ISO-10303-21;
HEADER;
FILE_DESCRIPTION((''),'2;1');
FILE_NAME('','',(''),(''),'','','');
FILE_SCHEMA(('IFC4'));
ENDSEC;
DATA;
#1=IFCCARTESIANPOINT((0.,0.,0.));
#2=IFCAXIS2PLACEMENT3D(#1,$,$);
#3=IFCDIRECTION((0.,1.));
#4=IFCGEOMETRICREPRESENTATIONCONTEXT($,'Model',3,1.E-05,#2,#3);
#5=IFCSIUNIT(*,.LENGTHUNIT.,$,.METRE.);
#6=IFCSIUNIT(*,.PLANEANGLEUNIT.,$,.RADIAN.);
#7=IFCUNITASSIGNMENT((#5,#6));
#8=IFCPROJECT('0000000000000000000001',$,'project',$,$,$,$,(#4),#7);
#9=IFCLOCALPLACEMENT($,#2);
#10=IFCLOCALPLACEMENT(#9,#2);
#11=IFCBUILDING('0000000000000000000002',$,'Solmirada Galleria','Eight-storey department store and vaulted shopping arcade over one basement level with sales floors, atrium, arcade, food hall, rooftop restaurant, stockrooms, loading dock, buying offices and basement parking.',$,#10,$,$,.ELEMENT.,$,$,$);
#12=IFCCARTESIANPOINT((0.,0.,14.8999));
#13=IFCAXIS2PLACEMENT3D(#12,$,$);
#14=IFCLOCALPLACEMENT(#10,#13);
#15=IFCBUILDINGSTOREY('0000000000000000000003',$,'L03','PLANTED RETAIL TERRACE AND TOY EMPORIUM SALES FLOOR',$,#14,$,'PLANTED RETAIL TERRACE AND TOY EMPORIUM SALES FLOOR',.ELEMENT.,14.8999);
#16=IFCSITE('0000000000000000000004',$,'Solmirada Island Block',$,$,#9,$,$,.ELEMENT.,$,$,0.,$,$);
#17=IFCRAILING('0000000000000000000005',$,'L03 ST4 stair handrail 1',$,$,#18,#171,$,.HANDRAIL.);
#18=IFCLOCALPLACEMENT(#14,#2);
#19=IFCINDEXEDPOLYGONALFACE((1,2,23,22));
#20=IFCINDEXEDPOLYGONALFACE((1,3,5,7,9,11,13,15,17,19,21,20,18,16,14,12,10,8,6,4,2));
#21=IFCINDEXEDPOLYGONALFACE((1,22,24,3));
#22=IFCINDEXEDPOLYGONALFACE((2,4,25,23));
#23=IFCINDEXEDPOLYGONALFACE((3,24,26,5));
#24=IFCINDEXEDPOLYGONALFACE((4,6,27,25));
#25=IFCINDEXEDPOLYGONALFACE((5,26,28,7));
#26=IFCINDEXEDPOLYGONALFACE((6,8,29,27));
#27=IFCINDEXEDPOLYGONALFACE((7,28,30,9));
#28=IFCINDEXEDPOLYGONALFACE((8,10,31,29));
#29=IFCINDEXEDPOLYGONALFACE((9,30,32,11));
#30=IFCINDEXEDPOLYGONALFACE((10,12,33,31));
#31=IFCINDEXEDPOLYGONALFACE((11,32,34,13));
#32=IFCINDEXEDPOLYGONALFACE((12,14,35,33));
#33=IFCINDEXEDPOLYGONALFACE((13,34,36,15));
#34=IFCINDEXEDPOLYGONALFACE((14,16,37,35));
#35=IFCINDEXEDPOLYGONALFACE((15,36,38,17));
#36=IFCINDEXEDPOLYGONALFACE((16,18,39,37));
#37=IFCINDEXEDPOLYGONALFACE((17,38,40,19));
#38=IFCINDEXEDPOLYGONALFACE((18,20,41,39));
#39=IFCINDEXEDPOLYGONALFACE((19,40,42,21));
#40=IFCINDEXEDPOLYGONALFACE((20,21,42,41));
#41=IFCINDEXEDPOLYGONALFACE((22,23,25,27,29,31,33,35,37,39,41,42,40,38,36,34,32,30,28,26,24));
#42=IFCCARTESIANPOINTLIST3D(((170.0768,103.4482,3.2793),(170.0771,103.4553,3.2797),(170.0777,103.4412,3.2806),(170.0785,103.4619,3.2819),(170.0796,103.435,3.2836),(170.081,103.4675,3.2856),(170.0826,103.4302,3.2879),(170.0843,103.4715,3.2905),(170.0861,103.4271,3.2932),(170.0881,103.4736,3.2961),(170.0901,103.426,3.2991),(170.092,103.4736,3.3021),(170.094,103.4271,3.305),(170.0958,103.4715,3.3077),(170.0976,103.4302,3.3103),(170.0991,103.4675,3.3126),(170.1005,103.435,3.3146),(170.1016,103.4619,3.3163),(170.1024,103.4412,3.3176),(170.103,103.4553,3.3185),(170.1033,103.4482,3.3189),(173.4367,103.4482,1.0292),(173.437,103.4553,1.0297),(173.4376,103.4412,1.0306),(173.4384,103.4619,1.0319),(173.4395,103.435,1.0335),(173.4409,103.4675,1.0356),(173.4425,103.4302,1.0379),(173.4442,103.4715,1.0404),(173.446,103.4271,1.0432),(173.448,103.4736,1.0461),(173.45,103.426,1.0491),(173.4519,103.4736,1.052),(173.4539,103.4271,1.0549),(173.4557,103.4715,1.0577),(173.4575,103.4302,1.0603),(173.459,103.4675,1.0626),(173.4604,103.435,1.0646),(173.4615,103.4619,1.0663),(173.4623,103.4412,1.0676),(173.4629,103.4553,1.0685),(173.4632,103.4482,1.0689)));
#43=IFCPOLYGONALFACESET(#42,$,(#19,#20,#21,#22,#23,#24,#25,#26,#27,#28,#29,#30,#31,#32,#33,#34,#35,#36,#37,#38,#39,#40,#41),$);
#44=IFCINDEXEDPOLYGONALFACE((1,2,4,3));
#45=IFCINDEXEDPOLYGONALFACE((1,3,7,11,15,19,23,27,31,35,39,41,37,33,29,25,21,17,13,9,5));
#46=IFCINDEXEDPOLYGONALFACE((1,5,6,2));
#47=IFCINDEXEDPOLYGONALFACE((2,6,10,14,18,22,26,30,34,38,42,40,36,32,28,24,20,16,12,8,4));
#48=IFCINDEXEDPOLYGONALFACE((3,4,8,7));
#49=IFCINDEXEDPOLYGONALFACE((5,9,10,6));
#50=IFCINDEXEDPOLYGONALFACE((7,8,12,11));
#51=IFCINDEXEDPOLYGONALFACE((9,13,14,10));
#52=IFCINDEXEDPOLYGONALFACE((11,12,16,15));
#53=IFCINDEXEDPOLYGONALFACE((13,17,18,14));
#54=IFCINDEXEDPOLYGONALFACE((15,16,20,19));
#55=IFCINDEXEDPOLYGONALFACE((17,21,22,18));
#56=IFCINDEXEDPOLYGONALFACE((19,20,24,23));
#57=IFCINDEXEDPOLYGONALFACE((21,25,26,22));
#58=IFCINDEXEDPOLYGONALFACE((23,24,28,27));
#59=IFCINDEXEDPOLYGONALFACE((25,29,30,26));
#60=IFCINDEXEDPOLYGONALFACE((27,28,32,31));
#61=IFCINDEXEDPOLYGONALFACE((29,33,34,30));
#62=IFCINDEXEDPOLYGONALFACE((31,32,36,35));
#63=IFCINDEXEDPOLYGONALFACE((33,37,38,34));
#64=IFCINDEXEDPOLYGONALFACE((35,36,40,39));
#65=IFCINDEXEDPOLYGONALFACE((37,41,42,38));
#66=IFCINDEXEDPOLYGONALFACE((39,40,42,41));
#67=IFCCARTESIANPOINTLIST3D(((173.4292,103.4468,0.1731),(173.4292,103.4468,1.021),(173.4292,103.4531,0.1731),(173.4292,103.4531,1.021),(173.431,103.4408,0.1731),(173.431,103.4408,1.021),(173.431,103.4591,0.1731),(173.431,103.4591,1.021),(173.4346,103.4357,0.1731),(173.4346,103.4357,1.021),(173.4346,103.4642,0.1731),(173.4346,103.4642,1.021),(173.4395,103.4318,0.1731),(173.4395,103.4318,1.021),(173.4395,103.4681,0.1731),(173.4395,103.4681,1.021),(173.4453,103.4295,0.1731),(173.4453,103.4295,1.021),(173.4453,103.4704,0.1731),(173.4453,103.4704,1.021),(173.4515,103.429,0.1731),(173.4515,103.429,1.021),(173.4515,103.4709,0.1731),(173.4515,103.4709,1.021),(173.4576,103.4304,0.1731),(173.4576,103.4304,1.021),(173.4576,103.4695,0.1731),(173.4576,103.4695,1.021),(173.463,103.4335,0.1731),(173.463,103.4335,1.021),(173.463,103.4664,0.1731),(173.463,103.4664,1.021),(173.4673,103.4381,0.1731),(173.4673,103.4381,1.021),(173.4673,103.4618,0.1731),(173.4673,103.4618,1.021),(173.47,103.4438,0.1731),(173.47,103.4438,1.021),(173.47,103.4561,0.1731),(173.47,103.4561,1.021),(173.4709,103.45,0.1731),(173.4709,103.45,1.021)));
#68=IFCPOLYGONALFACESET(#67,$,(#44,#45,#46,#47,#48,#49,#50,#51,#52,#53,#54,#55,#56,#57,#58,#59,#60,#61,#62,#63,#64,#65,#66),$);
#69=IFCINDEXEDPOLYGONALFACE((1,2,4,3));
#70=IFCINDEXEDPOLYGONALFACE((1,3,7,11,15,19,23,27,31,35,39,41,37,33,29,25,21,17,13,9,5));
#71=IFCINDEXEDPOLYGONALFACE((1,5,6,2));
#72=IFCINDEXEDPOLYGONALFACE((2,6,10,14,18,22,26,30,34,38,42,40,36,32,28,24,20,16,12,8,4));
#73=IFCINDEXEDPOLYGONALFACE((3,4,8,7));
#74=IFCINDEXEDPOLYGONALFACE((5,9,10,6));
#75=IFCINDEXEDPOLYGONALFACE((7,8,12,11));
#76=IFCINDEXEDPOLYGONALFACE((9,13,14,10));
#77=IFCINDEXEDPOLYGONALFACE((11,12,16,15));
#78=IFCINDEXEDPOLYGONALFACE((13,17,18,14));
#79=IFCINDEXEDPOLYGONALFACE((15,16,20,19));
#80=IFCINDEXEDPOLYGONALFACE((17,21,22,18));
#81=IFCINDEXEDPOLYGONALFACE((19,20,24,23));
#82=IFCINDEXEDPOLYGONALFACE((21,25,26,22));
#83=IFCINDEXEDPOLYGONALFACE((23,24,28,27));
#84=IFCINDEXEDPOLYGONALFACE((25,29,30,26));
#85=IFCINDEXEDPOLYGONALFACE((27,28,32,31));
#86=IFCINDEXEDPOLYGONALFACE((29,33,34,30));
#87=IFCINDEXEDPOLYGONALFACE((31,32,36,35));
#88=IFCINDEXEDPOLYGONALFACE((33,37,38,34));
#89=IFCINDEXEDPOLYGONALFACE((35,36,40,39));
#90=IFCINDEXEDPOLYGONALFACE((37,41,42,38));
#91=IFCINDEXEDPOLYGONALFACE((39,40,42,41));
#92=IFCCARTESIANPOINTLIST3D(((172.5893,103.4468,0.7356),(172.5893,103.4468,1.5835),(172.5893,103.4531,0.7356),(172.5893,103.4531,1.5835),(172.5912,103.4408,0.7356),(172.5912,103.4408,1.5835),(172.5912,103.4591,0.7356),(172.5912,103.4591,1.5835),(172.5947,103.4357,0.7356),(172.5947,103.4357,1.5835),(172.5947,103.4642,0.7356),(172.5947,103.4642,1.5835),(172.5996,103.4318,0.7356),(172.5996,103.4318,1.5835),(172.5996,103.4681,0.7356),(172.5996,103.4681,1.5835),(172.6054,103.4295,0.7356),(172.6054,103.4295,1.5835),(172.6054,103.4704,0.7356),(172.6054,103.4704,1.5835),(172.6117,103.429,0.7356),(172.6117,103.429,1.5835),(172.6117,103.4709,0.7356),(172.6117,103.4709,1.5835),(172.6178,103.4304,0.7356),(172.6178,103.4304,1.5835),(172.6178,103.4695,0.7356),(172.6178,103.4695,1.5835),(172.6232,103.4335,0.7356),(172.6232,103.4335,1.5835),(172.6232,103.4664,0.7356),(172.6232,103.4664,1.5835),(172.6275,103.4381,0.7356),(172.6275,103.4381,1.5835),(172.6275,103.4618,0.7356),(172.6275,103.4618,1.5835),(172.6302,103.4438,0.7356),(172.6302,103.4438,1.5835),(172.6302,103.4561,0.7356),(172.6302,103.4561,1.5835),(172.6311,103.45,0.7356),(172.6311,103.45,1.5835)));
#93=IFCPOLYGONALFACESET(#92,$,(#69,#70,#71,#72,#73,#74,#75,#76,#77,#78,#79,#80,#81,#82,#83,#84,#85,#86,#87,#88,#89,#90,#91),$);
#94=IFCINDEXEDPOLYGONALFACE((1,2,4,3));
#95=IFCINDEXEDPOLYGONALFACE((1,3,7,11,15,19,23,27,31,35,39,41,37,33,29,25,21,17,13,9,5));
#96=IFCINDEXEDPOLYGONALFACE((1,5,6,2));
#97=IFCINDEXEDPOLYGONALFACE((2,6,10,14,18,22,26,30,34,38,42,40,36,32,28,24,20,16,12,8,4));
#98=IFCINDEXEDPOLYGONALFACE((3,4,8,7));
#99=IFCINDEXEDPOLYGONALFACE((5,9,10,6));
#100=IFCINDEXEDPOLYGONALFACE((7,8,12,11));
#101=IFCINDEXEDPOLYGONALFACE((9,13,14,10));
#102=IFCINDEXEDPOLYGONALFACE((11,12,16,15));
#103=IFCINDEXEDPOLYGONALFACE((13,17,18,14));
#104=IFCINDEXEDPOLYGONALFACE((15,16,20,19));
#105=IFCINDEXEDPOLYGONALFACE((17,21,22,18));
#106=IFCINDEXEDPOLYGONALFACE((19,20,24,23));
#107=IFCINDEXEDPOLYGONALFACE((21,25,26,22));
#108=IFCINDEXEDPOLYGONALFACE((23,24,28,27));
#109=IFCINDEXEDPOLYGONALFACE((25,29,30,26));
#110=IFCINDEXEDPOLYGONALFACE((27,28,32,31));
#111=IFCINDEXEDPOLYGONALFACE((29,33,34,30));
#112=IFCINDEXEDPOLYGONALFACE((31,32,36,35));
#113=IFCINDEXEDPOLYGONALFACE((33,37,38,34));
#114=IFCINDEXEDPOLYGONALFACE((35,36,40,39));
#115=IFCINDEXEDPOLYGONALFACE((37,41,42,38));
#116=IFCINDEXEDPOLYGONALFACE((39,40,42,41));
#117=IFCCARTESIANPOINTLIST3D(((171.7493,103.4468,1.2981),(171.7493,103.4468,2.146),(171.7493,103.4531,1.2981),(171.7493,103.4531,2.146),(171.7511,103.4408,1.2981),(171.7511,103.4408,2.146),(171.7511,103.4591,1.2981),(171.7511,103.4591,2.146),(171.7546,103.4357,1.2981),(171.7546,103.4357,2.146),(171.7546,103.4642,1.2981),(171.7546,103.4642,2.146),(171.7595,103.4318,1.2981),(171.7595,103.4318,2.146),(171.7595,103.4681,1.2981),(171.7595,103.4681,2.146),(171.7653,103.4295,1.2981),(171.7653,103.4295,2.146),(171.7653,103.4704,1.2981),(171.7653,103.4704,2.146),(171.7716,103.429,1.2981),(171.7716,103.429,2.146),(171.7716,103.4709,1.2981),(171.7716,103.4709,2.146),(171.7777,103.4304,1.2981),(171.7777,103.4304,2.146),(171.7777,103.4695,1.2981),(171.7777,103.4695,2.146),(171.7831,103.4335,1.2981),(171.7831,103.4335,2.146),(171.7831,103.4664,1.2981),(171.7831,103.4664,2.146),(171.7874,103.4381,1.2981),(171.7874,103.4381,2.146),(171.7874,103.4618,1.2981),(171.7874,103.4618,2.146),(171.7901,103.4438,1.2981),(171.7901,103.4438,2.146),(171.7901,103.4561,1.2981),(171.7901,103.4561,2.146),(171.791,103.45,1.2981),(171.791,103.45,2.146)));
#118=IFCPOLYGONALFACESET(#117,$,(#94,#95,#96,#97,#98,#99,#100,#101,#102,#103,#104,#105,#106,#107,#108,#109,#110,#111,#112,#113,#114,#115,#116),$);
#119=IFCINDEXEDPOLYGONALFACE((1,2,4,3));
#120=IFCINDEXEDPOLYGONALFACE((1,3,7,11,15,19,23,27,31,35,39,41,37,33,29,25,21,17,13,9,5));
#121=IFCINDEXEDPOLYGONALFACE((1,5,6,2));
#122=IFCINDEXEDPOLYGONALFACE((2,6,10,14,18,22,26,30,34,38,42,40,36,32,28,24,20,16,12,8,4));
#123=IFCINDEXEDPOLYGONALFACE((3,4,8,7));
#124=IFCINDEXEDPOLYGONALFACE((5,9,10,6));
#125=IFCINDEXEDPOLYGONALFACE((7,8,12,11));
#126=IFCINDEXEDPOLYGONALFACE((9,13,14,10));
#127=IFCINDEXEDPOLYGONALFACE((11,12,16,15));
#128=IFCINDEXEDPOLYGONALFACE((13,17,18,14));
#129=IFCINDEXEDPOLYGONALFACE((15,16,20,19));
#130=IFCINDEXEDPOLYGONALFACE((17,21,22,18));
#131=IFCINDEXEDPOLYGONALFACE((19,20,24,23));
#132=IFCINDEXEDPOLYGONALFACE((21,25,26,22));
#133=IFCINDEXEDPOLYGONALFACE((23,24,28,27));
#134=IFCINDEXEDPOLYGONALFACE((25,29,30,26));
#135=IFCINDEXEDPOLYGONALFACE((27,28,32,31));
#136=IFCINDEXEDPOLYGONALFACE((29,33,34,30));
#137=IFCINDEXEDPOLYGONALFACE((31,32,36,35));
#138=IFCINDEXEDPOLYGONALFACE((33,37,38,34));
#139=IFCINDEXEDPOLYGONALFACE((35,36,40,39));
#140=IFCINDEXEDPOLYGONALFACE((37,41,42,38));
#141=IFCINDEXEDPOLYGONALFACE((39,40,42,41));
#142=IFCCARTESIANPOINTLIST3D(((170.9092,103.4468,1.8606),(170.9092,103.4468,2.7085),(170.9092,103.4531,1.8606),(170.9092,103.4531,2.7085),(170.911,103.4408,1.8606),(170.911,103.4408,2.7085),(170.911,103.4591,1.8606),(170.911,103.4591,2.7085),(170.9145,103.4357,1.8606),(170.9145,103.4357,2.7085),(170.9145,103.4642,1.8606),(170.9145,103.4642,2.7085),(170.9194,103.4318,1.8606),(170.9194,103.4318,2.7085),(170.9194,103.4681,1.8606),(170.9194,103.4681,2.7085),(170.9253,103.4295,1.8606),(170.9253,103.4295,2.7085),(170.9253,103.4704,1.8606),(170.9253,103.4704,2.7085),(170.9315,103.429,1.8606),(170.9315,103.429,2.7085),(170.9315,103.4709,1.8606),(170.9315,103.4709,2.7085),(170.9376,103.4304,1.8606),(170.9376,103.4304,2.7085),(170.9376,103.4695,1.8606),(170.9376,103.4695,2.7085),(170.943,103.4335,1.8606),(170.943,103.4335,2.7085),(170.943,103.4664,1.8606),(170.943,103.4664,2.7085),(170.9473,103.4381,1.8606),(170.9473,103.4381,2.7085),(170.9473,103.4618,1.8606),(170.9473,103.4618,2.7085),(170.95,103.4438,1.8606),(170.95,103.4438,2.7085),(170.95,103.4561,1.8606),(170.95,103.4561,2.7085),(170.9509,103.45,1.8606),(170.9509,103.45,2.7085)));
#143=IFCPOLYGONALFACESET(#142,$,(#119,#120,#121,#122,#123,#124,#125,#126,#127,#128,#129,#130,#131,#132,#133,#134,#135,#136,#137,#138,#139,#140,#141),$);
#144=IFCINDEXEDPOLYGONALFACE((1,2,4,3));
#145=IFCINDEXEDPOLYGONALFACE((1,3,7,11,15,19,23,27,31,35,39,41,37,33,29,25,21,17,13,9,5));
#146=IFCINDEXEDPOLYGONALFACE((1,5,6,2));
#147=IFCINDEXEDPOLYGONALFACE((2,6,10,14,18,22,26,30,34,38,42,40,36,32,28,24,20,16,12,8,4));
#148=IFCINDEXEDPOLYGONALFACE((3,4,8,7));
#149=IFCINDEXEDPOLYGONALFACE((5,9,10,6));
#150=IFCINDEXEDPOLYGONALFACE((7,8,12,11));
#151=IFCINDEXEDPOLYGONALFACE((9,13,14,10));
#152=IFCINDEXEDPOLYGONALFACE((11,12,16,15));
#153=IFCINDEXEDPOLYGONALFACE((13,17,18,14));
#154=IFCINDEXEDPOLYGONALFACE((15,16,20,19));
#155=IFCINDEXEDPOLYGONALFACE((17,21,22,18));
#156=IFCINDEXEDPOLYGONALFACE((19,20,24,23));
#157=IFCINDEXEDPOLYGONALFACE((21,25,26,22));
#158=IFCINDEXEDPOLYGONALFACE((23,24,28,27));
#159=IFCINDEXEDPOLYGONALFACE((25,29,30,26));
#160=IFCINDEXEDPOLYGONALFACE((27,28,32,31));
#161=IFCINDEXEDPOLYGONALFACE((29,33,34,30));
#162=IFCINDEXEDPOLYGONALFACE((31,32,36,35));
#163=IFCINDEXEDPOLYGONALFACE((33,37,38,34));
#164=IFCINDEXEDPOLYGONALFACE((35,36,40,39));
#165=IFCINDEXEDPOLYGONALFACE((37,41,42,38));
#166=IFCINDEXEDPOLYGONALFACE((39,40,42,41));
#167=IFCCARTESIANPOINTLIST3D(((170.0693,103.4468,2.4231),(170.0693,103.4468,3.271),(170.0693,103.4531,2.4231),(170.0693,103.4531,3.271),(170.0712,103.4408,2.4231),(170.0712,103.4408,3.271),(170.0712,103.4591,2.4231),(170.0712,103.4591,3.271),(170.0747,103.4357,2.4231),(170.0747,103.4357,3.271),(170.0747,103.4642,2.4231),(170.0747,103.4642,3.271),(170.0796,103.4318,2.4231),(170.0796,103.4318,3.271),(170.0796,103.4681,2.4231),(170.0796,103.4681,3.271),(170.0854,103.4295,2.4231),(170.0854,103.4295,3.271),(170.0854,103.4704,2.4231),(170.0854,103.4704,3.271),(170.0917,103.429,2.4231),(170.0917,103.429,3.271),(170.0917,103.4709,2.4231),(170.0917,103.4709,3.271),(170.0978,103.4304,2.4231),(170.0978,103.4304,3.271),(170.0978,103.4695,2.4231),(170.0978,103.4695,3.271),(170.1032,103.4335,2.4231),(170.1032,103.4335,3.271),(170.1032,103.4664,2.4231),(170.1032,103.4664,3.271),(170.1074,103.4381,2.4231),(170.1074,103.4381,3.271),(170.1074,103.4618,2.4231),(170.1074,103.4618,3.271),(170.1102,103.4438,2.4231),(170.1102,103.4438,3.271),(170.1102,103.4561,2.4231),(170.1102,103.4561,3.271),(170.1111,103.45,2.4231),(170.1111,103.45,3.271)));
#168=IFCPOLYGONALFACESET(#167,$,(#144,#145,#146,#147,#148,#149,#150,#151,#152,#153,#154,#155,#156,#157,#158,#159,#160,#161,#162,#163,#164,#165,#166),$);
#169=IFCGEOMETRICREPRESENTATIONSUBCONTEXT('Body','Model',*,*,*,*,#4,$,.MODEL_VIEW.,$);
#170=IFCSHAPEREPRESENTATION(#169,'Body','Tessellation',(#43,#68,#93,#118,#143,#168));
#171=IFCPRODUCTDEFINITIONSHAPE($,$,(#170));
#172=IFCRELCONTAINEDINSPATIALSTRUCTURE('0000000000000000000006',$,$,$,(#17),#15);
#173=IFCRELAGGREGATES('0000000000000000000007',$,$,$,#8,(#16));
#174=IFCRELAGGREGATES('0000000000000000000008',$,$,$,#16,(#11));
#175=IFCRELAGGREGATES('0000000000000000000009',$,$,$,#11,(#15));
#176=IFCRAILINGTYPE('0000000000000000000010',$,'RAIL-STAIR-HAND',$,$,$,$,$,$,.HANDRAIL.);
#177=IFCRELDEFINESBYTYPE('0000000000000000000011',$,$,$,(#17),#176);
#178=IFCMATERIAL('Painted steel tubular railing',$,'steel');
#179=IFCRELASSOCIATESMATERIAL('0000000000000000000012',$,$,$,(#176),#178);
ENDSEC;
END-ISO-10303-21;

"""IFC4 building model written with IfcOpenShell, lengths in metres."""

from ifc_helpers import new_model, si_unit, direction, frame, origin, origin_2d, place, context, subcontext, project, spatial, circle, extrude, material, type_object, element, save


model = new_model("IFC4")

# Units and contexts
model_context = context("Model", 3, precision=1e-05, world=origin(), true_north=direction((0.0, 1.0)))
body_context = subcontext(model_context, "Body", "Model", "MODEL_VIEW")
ifc_project = project(units=[si_unit("LENGTHUNIT", "METRE"), si_unit("PLANEANGLEUNIT", "RADIAN")], contexts=[model_context])

# Site, building, storey
site_placement = place(None, origin())
site = spatial("IfcSite", under=ifc_project, at=site_placement, Name="Solmirada Island Block", CompositionType="ELEMENT", RefElevation=0.0)
building_placement = place(site_placement, origin())
building = spatial("IfcBuilding", under=site, at=building_placement, Name="Solmirada Galleria", Description="Eight-storey department store and vaulted shopping arcade over one basement level with sales floors, atrium, arcade, food hall, rooftop restaurant, stockrooms, loading dock, buying offices and basement parking.", CompositionType="ELEMENT")
storey_placement = place(building_placement, frame((0.0, 0.0, 14.8999)))
storey = spatial("IfcBuildingStorey", under=building, at=storey_placement, Name="L03", Description="PLANTED RETAIL TERRACE AND TOY EMPORIUM SALES FLOOR", LongName="PLANTED RETAIL TERRACE AND TOY EMPORIUM SALES FLOOR", CompositionType="ELEMENT", Elevation=14.8999)

# Railing
ifc_material_1 = material(Name="Painted steel tubular railing", Category="steel")
railing_type_1 = type_object("IfcRailingType", Name="RAIL-STAIR-HAND", PredefinedType="HANDRAIL", material=ifc_material_1)
railing_1_placement = place(storey_placement, frame((173.45, 103.45, 0.1731)))
element("IfcRailing", 1, at=railing_1_placement, inside=storey, type_object=railing_type_1, Name="L03 ST4 stair handrail 1", PredefinedType="HANDRAIL", context=body_context, shape_type="SweptSolid", body=[
    extrude(circle(Radius=0.0239, at=origin_2d()), frame((0.0, 0.0, 0.876), z_axis=(-0.830897, 0.0, 0.556427), x_axis=(0.0, -1.0, 0.0)), (0.0, 0.0, 1.0), 4.0437),
    extrude(circle(Radius=0.021, at=origin_2d()), origin(), (0.0, 0.0, 1.0), 0.8479),
    extrude(circle(Radius=0.021, at=origin_2d()), frame((-0.8398, 0.0, 0.5625)), (0.0, 0.0, 1.0), 0.8479),
    extrude(circle(Radius=0.021, at=origin_2d()), frame((-1.6799, 0.0, 1.125)), (0.0, 0.0, 1.0), 0.8479),
    extrude(circle(Radius=0.021, at=origin_2d()), frame((-2.52, 0.0, 1.6875)), (0.0, 0.0, 1.0), 0.8479),
    extrude(circle(Radius=0.021, at=origin_2d()), frame((-3.3599, 0.0, 2.25)), (0.0, 0.0, 1.0), 0.8479),
])

save(model, "model.ifc")
